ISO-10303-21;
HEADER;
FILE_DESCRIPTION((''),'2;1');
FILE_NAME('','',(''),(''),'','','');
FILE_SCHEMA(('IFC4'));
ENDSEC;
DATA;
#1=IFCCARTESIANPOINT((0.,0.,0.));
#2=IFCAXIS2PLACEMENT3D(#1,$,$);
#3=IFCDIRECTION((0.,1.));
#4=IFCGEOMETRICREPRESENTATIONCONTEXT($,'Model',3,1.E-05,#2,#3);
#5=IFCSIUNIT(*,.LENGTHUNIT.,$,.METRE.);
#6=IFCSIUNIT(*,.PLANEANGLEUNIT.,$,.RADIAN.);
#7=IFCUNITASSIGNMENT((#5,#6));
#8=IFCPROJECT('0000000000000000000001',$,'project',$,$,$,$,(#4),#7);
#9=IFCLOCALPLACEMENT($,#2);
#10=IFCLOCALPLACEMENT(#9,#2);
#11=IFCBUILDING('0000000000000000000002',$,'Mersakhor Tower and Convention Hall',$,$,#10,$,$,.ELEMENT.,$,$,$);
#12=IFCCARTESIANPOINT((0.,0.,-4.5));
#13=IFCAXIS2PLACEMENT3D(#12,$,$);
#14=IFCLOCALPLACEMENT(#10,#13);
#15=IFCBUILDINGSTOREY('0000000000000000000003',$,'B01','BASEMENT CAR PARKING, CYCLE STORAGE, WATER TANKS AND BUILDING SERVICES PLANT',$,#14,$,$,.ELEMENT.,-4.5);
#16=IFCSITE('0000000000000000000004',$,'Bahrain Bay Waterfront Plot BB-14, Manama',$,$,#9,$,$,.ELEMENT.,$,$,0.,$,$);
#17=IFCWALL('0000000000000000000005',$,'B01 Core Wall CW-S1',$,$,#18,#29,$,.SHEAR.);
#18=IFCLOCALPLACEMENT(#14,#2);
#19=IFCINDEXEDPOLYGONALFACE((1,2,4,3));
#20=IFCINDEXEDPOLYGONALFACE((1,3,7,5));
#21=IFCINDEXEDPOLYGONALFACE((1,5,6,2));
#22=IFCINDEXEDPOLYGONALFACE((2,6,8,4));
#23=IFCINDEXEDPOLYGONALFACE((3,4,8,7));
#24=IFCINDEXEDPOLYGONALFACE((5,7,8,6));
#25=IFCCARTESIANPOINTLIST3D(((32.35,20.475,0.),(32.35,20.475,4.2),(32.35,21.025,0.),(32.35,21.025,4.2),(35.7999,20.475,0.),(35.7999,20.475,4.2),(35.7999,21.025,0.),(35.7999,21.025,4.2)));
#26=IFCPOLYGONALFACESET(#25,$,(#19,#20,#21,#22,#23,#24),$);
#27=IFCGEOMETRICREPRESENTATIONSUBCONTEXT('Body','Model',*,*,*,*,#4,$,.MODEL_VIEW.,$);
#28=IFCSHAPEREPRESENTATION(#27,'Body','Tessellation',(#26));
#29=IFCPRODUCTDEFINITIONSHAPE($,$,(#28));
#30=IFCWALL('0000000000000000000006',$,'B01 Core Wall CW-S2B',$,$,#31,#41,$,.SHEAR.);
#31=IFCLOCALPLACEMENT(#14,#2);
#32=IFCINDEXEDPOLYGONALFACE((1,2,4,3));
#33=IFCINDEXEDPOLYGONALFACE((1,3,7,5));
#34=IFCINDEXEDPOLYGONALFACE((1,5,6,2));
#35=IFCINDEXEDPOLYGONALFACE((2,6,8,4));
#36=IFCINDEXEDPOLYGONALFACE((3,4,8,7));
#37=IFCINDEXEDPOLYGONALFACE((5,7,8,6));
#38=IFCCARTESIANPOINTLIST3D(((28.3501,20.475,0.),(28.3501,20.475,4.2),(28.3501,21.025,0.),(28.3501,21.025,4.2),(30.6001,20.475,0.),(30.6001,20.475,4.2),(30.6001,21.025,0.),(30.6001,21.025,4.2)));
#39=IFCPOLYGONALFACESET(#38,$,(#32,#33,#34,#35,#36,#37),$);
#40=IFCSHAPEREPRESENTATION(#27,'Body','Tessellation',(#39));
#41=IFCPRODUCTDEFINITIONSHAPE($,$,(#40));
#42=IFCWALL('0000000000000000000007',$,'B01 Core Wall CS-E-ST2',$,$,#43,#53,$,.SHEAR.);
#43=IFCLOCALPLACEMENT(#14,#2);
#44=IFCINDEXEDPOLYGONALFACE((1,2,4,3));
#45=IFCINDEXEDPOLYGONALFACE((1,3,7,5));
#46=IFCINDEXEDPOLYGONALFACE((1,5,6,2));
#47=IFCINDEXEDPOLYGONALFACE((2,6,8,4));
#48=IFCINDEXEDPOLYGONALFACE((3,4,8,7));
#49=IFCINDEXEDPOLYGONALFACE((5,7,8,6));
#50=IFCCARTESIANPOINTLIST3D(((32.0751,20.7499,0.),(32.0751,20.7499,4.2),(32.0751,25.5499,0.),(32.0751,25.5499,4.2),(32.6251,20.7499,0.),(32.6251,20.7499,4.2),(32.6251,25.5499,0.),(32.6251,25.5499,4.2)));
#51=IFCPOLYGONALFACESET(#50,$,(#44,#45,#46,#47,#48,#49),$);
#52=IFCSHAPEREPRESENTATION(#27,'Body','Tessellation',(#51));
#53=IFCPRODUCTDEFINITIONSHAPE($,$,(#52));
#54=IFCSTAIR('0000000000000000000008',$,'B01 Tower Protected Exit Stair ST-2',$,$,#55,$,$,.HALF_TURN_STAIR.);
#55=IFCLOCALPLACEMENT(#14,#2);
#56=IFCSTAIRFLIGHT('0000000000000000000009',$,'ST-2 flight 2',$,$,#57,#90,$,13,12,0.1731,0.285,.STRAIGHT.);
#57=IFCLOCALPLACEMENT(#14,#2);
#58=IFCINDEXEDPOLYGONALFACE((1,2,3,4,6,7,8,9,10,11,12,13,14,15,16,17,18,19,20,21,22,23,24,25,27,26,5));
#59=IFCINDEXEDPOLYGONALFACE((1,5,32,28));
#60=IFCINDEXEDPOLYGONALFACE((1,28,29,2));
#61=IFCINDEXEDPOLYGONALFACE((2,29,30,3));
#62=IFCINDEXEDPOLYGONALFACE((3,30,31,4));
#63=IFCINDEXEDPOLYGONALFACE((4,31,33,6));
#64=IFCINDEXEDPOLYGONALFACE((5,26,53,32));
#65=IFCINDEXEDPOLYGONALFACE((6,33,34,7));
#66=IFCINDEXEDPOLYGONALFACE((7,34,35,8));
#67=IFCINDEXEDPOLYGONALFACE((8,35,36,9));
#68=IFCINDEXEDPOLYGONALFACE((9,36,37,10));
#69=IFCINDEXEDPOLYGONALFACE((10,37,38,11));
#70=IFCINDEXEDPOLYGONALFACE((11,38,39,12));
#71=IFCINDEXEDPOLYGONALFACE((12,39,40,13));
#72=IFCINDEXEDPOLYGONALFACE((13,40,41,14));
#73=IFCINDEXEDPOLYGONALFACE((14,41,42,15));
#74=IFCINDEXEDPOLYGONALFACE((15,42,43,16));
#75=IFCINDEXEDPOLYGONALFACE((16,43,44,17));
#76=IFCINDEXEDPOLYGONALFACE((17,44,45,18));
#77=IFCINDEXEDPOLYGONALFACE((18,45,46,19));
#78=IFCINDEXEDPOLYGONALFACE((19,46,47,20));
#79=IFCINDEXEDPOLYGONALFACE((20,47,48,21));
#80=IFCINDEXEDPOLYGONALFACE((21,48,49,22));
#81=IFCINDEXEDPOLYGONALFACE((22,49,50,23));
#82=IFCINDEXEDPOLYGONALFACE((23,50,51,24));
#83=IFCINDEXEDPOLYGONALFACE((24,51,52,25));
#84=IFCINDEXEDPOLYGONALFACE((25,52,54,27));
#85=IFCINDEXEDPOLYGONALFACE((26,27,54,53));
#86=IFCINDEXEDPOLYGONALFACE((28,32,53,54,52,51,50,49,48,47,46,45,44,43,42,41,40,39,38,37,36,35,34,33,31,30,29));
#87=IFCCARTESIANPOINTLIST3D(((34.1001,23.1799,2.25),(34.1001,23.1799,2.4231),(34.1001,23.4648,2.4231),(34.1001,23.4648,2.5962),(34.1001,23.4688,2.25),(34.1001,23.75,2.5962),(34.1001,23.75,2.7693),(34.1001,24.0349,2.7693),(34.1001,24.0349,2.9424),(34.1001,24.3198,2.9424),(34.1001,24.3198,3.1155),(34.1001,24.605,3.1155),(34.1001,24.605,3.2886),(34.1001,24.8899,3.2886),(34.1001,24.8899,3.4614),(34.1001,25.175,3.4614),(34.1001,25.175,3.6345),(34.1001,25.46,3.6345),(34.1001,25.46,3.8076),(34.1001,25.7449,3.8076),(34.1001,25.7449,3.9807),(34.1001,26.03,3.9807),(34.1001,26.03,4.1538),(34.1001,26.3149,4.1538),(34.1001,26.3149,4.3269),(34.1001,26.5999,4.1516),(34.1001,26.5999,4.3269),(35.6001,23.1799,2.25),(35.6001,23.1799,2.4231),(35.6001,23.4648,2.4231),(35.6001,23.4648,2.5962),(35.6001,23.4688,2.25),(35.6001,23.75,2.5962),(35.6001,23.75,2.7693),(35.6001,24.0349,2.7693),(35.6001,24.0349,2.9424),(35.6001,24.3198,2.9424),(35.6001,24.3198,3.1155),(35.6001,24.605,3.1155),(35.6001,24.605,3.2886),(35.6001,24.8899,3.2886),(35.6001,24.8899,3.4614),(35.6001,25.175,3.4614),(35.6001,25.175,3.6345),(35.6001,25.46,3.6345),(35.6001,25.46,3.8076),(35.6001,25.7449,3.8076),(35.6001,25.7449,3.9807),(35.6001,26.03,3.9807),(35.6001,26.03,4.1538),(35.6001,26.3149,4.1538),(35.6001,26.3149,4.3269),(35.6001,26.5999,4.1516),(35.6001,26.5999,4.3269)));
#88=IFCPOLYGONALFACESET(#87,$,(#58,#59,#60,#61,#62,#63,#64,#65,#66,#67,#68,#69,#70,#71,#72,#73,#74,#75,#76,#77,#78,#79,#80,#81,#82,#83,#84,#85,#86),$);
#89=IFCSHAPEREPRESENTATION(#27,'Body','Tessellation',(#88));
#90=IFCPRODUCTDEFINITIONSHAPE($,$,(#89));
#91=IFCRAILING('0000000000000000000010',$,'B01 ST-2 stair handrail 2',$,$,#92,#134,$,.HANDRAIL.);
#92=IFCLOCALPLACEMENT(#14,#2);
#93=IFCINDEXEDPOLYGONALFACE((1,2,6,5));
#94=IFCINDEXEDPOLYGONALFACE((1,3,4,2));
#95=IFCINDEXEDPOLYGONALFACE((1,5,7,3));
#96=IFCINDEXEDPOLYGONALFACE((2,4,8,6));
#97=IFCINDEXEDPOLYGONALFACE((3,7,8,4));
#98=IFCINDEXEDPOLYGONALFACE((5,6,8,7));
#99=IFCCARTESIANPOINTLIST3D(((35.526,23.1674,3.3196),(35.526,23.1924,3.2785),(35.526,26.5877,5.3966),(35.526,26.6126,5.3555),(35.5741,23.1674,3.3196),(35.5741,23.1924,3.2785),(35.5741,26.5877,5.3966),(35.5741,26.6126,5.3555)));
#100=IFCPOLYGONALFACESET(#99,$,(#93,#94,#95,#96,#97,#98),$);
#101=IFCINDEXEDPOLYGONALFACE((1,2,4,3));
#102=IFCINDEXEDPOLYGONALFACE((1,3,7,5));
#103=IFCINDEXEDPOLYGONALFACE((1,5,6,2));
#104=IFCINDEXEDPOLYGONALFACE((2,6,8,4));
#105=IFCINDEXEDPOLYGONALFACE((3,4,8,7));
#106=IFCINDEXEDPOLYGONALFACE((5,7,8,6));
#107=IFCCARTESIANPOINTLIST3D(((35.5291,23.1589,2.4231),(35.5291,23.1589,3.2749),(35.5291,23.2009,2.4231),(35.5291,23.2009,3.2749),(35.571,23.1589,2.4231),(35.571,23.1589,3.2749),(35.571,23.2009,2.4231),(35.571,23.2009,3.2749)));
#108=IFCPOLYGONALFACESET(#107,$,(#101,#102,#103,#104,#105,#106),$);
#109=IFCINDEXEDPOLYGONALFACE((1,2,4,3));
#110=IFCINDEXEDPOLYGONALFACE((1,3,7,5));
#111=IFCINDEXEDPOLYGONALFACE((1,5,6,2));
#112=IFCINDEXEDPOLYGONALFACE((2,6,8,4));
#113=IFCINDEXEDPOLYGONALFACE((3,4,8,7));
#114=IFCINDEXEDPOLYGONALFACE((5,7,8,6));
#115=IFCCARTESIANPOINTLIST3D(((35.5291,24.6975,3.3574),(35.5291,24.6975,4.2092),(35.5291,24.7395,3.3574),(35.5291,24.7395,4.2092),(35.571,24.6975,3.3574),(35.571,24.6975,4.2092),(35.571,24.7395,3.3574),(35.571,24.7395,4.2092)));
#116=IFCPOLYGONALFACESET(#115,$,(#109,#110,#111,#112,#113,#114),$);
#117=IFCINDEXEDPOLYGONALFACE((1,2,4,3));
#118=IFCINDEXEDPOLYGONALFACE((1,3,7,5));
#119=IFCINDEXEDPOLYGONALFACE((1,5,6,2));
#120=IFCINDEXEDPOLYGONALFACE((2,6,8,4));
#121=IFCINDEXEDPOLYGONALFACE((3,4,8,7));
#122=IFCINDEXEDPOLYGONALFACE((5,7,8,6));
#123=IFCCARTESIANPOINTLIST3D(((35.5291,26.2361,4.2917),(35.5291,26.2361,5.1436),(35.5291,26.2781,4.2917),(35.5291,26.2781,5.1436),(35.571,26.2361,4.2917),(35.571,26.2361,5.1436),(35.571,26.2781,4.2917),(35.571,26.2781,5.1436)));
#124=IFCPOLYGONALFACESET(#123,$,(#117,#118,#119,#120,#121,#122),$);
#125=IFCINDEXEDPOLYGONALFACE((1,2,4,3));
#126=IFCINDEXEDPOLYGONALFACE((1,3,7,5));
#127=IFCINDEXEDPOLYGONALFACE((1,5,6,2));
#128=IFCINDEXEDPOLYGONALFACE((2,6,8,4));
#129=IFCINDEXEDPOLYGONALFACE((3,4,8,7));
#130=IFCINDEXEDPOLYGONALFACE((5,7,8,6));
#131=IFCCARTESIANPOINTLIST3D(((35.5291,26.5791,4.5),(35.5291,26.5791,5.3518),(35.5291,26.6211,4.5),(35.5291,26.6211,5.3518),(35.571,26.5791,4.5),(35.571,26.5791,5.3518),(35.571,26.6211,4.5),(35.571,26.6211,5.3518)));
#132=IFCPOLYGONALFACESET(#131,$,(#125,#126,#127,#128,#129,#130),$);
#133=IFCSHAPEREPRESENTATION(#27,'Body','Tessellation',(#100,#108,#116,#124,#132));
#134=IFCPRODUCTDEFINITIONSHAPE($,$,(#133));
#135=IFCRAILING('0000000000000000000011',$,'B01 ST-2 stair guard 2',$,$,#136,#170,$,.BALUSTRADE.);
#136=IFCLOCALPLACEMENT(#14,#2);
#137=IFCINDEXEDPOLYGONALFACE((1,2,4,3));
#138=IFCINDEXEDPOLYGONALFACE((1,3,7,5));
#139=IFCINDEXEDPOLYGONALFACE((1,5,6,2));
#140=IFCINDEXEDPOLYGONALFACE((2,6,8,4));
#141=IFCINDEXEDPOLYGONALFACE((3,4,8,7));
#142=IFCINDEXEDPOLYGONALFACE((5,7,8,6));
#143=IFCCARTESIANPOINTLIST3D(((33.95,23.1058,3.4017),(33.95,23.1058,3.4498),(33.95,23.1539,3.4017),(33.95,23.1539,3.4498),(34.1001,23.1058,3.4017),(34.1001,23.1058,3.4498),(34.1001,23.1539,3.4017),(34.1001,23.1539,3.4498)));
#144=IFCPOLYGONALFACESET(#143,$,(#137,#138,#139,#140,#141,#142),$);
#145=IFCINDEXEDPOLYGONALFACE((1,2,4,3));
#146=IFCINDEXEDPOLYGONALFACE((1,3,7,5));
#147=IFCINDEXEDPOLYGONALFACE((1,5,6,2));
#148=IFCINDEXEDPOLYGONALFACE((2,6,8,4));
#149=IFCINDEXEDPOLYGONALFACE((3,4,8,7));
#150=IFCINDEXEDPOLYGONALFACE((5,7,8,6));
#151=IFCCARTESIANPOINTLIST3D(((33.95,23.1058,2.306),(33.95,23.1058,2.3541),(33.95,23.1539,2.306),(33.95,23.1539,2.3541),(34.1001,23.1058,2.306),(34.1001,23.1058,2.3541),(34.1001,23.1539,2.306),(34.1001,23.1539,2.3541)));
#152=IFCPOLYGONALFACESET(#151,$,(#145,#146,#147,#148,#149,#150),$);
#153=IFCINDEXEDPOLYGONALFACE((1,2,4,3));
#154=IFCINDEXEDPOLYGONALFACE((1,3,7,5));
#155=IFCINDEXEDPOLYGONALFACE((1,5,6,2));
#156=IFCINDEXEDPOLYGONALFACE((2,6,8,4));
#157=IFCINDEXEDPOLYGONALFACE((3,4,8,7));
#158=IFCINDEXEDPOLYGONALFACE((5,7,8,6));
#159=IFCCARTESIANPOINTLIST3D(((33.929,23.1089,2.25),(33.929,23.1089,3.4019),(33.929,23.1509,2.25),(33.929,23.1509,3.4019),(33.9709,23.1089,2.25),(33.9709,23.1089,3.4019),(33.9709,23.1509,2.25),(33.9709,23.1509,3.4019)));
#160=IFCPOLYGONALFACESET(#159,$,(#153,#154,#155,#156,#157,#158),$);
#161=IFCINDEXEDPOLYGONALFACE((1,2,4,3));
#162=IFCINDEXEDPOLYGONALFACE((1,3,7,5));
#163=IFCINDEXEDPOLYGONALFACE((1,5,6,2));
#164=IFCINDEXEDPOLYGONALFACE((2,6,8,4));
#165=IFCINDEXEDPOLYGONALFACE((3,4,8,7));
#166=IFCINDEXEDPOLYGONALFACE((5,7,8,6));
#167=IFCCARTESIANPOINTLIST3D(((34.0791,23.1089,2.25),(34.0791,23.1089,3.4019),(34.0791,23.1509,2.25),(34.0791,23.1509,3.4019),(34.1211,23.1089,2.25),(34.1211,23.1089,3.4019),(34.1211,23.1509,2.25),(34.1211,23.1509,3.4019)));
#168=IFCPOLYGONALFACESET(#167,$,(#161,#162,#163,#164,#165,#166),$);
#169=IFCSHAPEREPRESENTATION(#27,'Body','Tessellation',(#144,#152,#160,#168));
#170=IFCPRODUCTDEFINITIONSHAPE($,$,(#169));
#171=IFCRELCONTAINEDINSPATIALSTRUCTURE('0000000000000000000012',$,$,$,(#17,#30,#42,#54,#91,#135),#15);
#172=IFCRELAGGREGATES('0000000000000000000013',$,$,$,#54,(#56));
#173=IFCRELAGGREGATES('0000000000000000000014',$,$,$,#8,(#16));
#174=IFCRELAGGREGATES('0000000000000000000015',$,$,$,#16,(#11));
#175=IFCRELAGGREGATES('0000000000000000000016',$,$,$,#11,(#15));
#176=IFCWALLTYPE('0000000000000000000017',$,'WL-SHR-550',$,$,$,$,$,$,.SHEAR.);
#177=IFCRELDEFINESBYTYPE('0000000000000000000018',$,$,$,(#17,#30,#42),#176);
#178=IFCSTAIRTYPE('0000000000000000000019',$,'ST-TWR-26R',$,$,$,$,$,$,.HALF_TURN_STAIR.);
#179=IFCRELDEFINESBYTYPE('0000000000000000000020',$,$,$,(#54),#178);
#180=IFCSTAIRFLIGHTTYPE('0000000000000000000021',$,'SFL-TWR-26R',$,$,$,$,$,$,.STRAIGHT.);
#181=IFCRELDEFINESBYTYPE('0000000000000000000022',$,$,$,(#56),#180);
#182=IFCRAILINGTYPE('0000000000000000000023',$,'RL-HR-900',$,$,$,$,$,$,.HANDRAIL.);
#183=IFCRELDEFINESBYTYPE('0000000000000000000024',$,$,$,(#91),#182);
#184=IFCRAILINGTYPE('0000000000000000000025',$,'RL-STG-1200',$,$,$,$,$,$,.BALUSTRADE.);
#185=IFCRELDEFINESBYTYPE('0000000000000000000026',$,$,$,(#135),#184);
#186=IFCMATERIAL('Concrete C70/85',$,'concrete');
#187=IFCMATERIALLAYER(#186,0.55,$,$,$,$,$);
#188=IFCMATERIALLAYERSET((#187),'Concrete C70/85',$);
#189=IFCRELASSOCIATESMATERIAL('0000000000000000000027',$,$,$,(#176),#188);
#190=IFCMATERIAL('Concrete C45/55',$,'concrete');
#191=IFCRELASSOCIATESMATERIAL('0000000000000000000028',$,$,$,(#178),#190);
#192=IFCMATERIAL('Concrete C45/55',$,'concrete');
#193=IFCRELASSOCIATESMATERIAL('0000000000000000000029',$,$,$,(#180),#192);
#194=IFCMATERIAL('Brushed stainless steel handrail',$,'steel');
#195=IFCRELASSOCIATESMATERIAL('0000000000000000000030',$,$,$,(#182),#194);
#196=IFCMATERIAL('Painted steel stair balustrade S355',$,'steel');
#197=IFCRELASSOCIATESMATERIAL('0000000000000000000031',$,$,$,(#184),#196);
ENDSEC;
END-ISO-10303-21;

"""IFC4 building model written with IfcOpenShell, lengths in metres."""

from ifc_helpers import new_model, si_unit, direction, frame, frame_2d, origin, origin_2d, place, context, subcontext, project, spatial, polyline, rectangle, outline, extrude, material, layer, layer_set, type_object, element, aggregate, save


model = new_model("IFC4")

# Units and contexts
model_context = context("Model", 3, precision=1e-05, world=origin(), true_north=direction((0.0, 1.0)))
body_context = subcontext(model_context, "Body", "Model", "MODEL_VIEW")
ifc_project = project(units=[si_unit("LENGTHUNIT", "METRE"), si_unit("PLANEANGLEUNIT", "RADIAN")], contexts=[model_context])

# Site, building, storey
site_placement = place(None, origin())
site = spatial("IfcSite", under=ifc_project, at=site_placement, Name="Bahrain Bay Waterfront Plot BB-14, Manama", CompositionType="ELEMENT", RefElevation=0.0)
building_placement = place(site_placement, origin())
building = spatial("IfcBuilding", under=site, at=building_placement, Name="Mersakhor Tower and Convention Hall", CompositionType="ELEMENT")
storey_placement = place(building_placement, frame((0.0, 0.0, -4.5)))
storey = spatial("IfcBuildingStorey", under=building, at=storey_placement, Name="B01", Description="BASEMENT CAR PARKING, CYCLE STORAGE, WATER TANKS AND BUILDING SERVICES PLANT", CompositionType="ELEMENT", Elevation=-4.5)

# Wall
ifc_material_1 = material(Name="Concrete C70/85", Category="concrete")
ifc_layer_1 = layer(ifc_material_1, 0.55)
ifc_layer_set_1 = layer_set([ifc_layer_1], Name="Concrete C70/85")
wall_type_1 = type_object("IfcWallType", Name="WL-SHR-550", PredefinedType="SHEAR", material=ifc_layer_set_1)
wall_1_placement = place(storey_placement, frame((35.8, 20.75, 0.0), z_axis=(0.0, 0.0, 1.0), x_axis=(-1.0, 0.0, 0.0)))
element("IfcWall", 1, at=wall_1_placement, inside=storey, type_object=wall_type_1, Name="B01 Core Wall CW-S1", PredefinedType="SHEAR", context=body_context, shape_type="SweptSolid", body=[
    extrude(rectangle(XDim=3.45, YDim=0.55, at=frame_2d((1.7251, 0.0))), origin(), (0.0, 0.0, 1.0), 4.2),
])

# Walls
wall_2_placement = place(storey_placement, frame((30.6001, 20.75, 0.0), z_axis=(0.0, 0.0, 1.0), x_axis=(-1.0, 0.0, 0.0)))
element("IfcWall", 2, at=wall_2_placement, inside=storey, type_object=wall_type_1, Name="B01 Core Wall CW-S2B", PredefinedType="SHEAR", context=body_context, shape_type="SweptSolid", body=[
    extrude(rectangle(XDim=2.25, YDim=0.55, at=frame_2d((1.125, 0.0))), origin(), (0.0, 0.0, 1.0), 4.2),
])
wall_3_placement = place(storey_placement, frame((32.3501, 20.75, 0.0), z_axis=(0.0, 0.0, 1.0), x_axis=(0.0, 1.0, 0.0)))
element("IfcWall", 3, at=wall_3_placement, inside=storey, type_object=wall_type_1, Name="B01 Core Wall CS-E-ST2", PredefinedType="SHEAR", context=body_context, shape_type="SweptSolid", body=[
    extrude(rectangle(XDim=4.8, YDim=0.55, at=frame_2d((2.3999, 0.0))), origin(), (0.0, 0.0, 1.0), 4.2),
])

# Stair, stair flight
ifc_material_2 = material(Name="Concrete C45/55", Category="concrete")
stair_type = type_object("IfcStairType", Name="ST-TWR-26R", PredefinedType="HALF_TURN_STAIR", material=ifc_material_2)
stair_placement = place(storey_placement, origin())
stair = element("IfcStair", 4, at=stair_placement, inside=storey, type_object=stair_type, Name="B01 Tower Protected Exit Stair ST-2", PredefinedType="HALF_TURN_STAIR")
ifc_material_3 = material(Name="Concrete C45/55", Category="concrete")
stair_flight_type = type_object("IfcStairFlightType", Name="SFL-TWR-26R", PredefinedType="STRAIGHT", material=ifc_material_3)
stair_flight_placement = place(storey_placement, frame((34.8501, 23.1799, 2.25), z_axis=(0.0, 0.0, 1.0), x_axis=(0.0, 1.0, 0.0)))
stair_flight = element("IfcStairFlight", 5, at=stair_flight_placement, type_object=stair_flight_type, Name="ST-2 flight 2", NumberOfRisers=13, NumberOfTreads=12, PredefinedType="STRAIGHT", RiserHeight=0.1731, TreadLength=0.285, context=body_context, shape_type="SweptSolid", body=[
    extrude(outline(polyline([(0.0, 0.0), (0.0, 0.1731), (0.2849, 0.1731), (0.2849, 0.3462), (0.5701, 0.3462), (0.5701, 0.5193), (0.855, 0.5193), (0.855, 0.6924), (1.1399, 0.6924), (1.1399, 0.8655), (1.425, 0.8655), (1.425, 1.0386), (1.71, 1.0386), (1.71, 1.2114), (1.9951, 1.2114), (1.9951, 1.3845), (2.28, 1.3845), (2.28, 1.5576), (2.5649, 1.5576), (2.5649, 1.7307), (2.8501, 1.7307), (2.8501, 1.9038), (3.135, 1.9038), (3.135, 2.0769), (3.4199, 2.0769), (3.4199, 2.25), (3.4199, 1.9016), (0.2888, 0.0), (0.0, 0.0)])), frame((0.0, 0.75, 0.0), z_axis=(0.0, -1.0, 0.0), x_axis=(1.0, 0.0, 0.0)), (0.0, 0.0, 1.0), 1.5),
])
aggregate(stair, [stair_flight])

# Railings
ifc_material_4 = material(Name="Brushed stainless steel handrail", Category="steel")
railing_type_1 = type_object("IfcRailingType", Name="RL-HR-900", PredefinedType="HANDRAIL", material=ifc_material_4)
railing_1_placement = place(storey_placement, frame((35.55, 23.1799, 2.4231)))
element("IfcRailing", 6, at=railing_1_placement, inside=storey, type_object=railing_type_1, Name="B01 ST-2 stair handrail 2", PredefinedType="HANDRAIL", context=body_context, shape_type="SweptSolid", body=[
    extrude(rectangle(XDim=0.0481, YDim=0.0481, at=origin_2d()), frame((0.0, 0.0, 0.876), z_axis=(0.0, 0.854746, 0.519047), x_axis=(-1.0, 0.0, 0.0)), (0.0, 0.0, 1.0), 4.0015),
    extrude(rectangle(XDim=0.042, YDim=0.042, at=origin_2d()), origin(), (0.0, 0.0, 1.0), 0.8518),
    extrude(rectangle(XDim=0.042, YDim=0.042, at=origin_2d()), frame((0.0, 1.5386, 0.9343)), (0.0, 0.0, 1.0), 0.8518),
    extrude(rectangle(XDim=0.042, YDim=0.042, at=origin_2d()), frame((0.0, 3.0771, 1.8687)), (0.0, 0.0, 1.0), 0.8518),
    extrude(rectangle(XDim=0.042, YDim=0.042, at=origin_2d()), frame((0.0, 3.4202, 2.0769)), (0.0, 0.0, 1.0), 0.8518),
])
ifc_material_5 = material(Name="Painted steel stair balustrade S355", Category="steel")
railing_type_2 = type_object("IfcRailingType", Name="RL-STG-1200", PredefinedType="BALUSTRADE", material=ifc_material_5)
railing_2_placement = place(storey_placement, frame((33.95, 23.1299, 2.25)))
element("IfcRailing", 7, at=railing_2_placement, inside=storey, type_object=railing_type_2, Name="B01 ST-2 stair guard 2", PredefinedType="BALUSTRADE", context=body_context, shape_type="SweptSolid", body=[
    extrude(rectangle(XDim=0.0481, YDim=0.0481, at=origin_2d()), frame((0.0, 0.0, 1.1758), z_axis=(1.0, 0.0, 0.0), x_axis=(0.0, 1.0, 0.0)), (0.0, 0.0, 1.0), 0.1501),
    extrude(rectangle(XDim=0.0481, YDim=0.0481, at=origin_2d()), frame((0.0, 0.0, 0.0801), z_axis=(1.0, 0.0, 0.0), x_axis=(0.0, 1.0, 0.0)), (0.0, 0.0, 1.0), 0.1501),
    extrude(rectangle(XDim=0.042, YDim=0.042, at=origin_2d()), origin(), (0.0, 0.0, 1.0), 1.1519),
    extrude(rectangle(XDim=0.042, YDim=0.042, at=origin_2d()), frame((0.1501, 0.0, 0.0)), (0.0, 0.0, 1.0), 1.1519),
])

save(model, "model.ifc")
